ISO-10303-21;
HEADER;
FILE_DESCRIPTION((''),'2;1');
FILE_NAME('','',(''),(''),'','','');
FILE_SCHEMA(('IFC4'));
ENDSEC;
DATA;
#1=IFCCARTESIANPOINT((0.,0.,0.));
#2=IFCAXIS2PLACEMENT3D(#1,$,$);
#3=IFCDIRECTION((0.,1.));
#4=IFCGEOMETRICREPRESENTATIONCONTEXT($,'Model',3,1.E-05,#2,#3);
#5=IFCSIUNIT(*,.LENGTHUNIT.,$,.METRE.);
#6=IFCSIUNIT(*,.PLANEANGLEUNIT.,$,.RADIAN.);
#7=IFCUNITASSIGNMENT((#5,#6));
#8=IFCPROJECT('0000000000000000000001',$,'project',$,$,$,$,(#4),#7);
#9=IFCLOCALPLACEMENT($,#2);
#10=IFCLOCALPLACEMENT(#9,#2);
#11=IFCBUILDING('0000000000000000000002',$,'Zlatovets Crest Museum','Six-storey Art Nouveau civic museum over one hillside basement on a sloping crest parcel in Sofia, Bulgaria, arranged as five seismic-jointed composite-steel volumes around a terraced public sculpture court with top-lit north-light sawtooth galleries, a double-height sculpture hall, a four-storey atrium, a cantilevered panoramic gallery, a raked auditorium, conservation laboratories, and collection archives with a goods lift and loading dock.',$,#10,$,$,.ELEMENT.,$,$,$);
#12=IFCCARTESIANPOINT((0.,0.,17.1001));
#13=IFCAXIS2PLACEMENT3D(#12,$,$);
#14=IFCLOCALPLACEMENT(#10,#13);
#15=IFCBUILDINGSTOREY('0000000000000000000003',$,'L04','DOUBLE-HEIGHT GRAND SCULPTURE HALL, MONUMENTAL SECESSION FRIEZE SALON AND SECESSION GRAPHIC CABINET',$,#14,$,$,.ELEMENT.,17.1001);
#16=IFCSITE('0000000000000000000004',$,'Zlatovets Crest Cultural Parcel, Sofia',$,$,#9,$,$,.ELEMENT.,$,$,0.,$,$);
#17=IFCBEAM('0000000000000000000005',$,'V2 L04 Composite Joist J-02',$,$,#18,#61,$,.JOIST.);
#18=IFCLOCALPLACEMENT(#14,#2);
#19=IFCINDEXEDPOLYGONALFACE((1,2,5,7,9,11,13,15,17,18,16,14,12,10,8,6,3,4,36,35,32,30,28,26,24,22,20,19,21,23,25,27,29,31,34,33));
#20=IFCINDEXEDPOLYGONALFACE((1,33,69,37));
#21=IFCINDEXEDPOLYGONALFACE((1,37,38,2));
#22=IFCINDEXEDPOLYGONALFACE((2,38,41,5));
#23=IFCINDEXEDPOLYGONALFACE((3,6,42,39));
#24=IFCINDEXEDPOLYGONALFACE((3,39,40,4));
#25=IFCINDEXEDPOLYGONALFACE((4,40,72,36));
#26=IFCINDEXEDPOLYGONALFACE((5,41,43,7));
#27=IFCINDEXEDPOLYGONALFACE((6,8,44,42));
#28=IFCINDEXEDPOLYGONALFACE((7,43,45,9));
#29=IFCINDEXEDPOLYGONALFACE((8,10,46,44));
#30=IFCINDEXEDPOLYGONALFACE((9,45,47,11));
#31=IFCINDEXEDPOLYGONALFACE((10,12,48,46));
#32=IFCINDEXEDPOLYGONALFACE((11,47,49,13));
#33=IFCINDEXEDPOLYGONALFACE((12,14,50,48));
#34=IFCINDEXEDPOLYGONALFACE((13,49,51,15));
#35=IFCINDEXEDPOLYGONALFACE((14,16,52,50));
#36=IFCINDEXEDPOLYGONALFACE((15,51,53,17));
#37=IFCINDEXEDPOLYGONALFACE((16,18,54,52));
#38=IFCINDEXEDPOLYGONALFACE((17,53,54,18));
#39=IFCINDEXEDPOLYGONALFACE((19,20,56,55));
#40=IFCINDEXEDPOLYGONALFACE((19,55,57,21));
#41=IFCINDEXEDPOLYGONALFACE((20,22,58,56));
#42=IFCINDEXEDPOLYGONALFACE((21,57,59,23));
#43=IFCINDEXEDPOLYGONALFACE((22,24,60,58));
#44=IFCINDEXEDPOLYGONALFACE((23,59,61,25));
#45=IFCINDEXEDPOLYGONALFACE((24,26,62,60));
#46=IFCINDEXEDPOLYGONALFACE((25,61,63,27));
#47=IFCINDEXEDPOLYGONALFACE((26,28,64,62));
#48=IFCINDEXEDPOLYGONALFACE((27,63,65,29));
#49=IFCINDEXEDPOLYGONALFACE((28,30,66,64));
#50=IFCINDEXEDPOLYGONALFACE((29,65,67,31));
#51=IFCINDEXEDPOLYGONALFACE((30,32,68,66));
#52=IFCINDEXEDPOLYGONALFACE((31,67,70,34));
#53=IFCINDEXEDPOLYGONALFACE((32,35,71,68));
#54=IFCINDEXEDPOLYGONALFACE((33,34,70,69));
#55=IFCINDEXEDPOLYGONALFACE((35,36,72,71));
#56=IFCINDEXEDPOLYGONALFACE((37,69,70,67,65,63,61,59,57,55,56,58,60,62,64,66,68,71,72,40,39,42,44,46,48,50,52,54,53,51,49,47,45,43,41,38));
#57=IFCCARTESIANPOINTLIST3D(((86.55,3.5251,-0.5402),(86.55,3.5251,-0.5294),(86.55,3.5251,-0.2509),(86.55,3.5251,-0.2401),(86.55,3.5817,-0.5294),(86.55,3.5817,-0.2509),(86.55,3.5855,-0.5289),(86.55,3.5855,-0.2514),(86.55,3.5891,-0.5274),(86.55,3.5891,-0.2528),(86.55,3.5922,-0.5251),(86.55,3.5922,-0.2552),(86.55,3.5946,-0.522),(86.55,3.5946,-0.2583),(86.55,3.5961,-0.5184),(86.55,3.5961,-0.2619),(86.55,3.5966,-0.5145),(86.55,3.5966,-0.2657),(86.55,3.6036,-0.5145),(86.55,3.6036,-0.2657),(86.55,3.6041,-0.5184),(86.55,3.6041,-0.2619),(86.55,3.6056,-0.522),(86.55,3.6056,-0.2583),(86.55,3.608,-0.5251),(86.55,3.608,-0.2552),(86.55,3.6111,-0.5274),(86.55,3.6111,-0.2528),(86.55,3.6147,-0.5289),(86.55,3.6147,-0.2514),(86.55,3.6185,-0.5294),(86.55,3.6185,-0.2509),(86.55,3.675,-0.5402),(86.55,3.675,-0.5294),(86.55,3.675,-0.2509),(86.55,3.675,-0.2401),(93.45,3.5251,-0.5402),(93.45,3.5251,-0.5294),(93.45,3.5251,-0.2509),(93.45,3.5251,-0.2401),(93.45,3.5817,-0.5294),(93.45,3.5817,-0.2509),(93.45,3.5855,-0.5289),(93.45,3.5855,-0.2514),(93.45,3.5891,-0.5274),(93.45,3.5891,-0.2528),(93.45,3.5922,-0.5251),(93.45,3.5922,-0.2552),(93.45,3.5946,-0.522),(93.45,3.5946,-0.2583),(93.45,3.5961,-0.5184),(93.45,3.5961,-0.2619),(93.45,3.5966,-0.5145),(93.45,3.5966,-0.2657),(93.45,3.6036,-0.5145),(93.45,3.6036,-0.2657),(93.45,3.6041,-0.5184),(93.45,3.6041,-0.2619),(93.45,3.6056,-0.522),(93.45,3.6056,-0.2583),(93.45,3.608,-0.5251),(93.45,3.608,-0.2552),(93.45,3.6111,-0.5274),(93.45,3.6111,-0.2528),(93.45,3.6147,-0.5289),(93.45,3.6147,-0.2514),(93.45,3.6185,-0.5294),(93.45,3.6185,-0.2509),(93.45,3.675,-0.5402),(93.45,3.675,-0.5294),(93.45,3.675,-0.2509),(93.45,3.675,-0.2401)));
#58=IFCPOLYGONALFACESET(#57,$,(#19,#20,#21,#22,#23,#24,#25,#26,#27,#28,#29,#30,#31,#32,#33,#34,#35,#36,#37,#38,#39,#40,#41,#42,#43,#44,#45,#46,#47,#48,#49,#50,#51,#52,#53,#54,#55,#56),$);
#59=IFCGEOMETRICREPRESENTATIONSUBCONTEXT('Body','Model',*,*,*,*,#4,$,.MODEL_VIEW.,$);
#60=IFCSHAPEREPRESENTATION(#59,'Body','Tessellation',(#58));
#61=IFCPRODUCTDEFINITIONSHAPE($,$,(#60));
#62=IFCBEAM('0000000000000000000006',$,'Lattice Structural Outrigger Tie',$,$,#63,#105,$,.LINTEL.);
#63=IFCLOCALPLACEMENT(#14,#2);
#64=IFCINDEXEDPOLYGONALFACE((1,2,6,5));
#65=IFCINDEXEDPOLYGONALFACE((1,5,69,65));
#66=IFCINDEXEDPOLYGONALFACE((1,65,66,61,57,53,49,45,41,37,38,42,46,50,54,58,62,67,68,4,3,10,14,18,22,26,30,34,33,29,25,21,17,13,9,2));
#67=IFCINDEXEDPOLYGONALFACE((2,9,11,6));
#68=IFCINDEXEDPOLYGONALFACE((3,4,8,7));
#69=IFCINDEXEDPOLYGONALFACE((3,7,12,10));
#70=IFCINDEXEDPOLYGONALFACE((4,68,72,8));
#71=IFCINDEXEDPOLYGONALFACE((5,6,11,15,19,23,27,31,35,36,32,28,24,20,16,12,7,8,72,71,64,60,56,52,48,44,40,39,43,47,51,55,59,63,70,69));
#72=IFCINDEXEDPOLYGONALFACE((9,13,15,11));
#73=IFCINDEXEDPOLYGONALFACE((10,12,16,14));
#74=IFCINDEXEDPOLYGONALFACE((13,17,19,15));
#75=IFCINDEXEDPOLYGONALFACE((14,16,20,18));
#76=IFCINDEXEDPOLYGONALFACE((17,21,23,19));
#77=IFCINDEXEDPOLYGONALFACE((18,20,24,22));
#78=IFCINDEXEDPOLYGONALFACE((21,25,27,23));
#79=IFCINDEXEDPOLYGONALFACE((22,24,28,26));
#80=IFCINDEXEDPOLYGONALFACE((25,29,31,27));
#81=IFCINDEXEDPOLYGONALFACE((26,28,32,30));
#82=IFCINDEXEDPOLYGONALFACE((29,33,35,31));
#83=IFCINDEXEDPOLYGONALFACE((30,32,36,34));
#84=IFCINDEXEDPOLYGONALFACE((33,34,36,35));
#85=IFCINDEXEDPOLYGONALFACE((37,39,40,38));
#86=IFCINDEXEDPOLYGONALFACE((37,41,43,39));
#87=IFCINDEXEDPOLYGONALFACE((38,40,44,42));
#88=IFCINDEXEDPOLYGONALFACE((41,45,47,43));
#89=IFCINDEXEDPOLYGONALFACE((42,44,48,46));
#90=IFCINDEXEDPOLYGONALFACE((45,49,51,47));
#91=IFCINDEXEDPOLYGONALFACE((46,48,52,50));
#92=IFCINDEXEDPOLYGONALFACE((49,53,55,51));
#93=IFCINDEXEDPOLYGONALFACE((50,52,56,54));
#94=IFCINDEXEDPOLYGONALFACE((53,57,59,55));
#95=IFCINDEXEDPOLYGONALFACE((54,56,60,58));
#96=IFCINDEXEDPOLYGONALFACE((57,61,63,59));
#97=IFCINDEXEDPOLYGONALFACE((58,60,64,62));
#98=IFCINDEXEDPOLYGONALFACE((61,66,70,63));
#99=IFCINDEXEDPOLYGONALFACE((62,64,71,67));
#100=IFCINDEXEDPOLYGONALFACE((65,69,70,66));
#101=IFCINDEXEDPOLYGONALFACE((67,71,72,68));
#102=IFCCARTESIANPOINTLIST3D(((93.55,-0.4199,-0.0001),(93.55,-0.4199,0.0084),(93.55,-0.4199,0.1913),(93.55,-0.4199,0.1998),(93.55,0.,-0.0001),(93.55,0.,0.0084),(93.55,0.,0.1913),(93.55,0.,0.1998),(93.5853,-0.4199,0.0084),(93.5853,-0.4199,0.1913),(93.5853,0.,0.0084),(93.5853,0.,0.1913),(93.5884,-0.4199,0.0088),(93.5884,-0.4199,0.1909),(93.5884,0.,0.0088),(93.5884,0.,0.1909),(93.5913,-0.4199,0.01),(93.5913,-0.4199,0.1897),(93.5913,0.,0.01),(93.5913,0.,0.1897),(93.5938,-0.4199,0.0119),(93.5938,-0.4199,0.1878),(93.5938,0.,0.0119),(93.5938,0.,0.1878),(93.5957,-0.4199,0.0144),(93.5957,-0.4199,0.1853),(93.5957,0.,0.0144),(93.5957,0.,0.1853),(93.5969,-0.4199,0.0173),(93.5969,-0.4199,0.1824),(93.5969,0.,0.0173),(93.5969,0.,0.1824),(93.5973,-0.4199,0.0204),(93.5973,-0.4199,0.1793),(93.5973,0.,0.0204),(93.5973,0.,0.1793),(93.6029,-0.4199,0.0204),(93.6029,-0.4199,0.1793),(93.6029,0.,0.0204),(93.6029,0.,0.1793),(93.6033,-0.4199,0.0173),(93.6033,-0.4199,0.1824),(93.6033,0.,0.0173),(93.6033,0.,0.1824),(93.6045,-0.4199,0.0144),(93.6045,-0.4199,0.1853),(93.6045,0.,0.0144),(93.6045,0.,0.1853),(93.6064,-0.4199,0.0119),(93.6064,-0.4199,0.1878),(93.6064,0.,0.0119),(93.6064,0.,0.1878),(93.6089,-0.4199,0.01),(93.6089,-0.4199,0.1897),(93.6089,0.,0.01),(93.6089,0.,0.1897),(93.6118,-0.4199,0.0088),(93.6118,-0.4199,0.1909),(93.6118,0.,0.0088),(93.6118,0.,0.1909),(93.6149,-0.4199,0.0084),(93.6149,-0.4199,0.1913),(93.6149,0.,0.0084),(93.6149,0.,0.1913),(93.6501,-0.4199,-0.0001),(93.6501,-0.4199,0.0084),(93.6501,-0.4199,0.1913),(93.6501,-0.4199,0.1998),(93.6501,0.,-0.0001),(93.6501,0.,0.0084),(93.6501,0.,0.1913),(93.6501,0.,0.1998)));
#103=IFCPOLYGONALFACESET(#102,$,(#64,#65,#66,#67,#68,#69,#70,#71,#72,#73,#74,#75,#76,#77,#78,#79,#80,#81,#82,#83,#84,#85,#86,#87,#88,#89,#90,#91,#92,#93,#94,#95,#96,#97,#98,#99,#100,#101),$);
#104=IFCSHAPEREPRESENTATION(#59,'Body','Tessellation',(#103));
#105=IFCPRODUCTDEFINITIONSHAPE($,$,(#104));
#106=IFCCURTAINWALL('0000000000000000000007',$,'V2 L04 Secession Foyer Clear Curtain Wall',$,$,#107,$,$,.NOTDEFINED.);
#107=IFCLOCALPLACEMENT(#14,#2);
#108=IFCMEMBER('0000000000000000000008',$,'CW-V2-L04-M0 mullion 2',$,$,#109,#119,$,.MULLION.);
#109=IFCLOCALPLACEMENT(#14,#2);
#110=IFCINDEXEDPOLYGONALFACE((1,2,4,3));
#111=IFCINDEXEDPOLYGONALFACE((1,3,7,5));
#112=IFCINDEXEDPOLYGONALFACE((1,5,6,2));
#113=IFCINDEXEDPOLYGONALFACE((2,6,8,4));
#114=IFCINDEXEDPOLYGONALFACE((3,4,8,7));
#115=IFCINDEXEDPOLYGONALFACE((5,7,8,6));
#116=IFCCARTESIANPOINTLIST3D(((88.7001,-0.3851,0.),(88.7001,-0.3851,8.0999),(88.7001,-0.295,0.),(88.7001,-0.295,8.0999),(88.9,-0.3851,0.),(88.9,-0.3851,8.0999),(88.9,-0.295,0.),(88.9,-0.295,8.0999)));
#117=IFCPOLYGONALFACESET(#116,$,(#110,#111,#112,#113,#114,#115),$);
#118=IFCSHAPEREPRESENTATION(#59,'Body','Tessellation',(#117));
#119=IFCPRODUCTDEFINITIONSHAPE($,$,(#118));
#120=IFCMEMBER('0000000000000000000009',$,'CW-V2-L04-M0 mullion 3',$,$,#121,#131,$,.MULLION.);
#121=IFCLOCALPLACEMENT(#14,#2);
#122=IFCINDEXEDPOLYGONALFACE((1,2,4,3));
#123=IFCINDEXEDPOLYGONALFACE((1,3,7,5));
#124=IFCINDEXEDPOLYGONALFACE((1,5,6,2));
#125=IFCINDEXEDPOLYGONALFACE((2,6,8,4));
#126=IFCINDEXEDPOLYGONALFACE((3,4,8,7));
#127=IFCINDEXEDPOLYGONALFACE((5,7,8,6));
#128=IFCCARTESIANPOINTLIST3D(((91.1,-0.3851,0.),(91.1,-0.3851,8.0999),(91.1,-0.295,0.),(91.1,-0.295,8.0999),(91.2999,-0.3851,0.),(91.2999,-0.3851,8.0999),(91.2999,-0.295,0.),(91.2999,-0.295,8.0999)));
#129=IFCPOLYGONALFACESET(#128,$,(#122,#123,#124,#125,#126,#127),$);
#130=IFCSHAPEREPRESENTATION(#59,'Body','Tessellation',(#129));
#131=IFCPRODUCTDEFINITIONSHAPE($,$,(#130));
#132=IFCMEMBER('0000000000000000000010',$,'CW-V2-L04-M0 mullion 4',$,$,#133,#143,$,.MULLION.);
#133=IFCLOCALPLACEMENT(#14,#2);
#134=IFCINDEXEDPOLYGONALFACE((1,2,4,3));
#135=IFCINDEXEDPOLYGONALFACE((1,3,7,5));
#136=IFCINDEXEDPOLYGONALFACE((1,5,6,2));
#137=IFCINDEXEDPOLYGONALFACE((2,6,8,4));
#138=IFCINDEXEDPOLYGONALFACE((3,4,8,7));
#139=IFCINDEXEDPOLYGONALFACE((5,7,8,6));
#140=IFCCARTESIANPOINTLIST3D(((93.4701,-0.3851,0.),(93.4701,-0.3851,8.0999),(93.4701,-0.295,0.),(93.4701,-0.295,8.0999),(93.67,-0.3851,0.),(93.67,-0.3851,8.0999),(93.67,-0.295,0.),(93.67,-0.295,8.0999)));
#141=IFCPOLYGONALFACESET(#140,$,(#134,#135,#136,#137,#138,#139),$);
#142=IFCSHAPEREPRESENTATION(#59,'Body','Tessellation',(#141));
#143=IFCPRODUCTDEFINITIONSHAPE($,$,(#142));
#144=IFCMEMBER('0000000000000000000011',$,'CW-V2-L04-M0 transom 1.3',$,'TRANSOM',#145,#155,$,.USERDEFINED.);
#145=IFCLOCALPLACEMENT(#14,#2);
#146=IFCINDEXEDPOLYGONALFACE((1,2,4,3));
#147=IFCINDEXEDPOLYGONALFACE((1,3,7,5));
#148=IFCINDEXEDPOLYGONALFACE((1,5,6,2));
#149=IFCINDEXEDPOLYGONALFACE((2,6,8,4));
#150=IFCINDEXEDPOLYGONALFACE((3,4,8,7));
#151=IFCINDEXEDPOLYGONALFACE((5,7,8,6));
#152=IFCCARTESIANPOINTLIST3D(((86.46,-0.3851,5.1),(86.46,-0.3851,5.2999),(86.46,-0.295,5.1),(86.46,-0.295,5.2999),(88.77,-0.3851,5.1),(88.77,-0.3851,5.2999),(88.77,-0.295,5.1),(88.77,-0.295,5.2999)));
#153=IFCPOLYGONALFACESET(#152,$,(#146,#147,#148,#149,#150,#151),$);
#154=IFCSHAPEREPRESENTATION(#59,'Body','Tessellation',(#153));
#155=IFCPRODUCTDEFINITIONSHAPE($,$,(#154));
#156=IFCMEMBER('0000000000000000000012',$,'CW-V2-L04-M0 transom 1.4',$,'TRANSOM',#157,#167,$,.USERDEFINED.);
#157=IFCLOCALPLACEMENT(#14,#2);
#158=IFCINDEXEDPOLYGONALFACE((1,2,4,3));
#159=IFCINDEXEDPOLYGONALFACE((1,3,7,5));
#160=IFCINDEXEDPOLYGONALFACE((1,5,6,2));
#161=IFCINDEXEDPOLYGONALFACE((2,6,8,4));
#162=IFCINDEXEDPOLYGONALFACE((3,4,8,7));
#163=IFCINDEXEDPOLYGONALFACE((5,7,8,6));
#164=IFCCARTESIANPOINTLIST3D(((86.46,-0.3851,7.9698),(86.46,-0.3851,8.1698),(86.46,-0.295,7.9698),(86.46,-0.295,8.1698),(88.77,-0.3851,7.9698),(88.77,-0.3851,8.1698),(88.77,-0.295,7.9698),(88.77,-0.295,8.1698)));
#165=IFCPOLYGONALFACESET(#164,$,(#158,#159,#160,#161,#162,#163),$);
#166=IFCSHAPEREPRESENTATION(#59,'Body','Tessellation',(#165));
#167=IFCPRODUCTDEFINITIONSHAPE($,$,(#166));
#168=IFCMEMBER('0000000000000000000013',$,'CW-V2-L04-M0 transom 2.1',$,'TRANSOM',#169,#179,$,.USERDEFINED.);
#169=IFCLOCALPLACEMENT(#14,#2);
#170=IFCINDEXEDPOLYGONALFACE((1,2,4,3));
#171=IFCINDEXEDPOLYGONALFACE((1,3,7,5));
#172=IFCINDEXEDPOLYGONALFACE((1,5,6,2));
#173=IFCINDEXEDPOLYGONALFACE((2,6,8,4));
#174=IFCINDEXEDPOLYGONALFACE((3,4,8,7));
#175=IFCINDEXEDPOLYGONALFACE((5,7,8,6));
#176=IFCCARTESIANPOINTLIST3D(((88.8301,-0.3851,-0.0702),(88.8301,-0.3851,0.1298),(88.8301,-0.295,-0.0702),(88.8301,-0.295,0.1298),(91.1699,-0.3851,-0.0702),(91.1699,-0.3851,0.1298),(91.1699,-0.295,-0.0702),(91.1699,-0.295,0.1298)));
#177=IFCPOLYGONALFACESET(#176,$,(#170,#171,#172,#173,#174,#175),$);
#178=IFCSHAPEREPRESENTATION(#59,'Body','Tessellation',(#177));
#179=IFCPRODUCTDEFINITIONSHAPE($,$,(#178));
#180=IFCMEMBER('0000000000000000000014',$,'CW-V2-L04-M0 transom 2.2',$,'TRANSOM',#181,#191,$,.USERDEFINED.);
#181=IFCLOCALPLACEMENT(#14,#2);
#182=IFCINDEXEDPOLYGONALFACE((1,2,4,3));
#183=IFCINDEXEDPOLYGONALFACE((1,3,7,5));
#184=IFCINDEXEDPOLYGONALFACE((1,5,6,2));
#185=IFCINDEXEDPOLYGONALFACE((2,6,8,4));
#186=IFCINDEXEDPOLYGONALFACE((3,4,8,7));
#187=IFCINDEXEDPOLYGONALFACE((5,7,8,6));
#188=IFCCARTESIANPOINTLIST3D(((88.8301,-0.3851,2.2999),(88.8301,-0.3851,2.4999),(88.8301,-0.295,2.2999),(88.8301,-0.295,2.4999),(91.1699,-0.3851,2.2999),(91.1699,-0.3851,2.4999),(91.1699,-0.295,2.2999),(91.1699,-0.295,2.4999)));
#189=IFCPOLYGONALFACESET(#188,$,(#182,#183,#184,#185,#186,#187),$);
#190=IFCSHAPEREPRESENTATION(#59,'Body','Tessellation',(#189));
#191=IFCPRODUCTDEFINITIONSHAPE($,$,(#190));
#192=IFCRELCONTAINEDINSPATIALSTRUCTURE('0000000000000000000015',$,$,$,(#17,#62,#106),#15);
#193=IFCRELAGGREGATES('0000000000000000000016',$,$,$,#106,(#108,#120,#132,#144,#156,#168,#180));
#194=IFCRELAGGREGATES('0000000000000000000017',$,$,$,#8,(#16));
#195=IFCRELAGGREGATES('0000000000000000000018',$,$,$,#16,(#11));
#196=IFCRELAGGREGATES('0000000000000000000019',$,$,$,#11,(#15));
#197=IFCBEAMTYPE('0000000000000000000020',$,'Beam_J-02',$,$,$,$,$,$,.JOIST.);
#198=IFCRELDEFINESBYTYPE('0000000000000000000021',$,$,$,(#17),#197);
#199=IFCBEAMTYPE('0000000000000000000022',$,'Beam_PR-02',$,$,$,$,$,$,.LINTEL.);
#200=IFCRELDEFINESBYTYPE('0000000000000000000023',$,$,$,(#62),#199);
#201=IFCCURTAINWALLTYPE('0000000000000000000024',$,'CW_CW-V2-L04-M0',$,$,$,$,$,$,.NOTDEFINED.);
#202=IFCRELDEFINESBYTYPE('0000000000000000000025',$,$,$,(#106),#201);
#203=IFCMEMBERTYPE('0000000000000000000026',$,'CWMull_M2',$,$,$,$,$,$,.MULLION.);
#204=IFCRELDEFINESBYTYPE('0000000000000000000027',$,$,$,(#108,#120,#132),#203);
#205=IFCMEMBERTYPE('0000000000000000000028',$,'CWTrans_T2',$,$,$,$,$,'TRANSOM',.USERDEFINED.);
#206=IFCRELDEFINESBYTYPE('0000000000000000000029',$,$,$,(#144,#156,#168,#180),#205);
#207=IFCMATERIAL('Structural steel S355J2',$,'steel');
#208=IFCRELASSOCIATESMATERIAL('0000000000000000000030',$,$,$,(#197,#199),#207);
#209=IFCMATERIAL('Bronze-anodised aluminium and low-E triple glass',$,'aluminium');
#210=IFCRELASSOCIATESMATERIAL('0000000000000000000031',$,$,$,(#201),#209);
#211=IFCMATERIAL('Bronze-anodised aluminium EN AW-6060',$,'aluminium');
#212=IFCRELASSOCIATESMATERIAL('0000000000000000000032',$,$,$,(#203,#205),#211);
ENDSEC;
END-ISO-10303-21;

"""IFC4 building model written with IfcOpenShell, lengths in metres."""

from ifc_helpers import new_model, si_unit, direction, frame, origin, origin_2d, place, context, subcontext, project, spatial, rectangle, i_section, extrude, material, material_profile, profile_set, type_object, element, aggregate, save


model = new_model("IFC4")

# Units and contexts
model_context = context("Model", 3, precision=1e-05, world=origin(), true_north=direction((0.0, 1.0)))
body_context = subcontext(model_context, "Body", "Model", "MODEL_VIEW")
ifc_project = project(units=[si_unit("LENGTHUNIT", "METRE"), si_unit("PLANEANGLEUNIT", "RADIAN")], contexts=[model_context])

# Site, building, storey
site_placement = place(None, origin())
site = spatial("IfcSite", under=ifc_project, at=site_placement, Name="Zlatovets Crest Cultural Parcel, Sofia", CompositionType="ELEMENT", RefElevation=0.0)
building_placement = place(site_placement, origin())
building = spatial("IfcBuilding", under=site, at=building_placement, Name="Zlatovets Crest Museum", Description="Six-storey Art Nouveau civic museum over one hillside basement on a sloping crest parcel in Sofia, Bulgaria, arranged as five seismic-jointed composite-steel volumes around a terraced public sculpture court with top-lit north-light sawtooth galleries, a double-height sculpture hall, a four-storey atrium, a cantilevered panoramic gallery, a raked auditorium, conservation laboratories, and collection archives with a goods lift and loading dock.", CompositionType="ELEMENT")
storey_placement = place(building_placement, frame((0.0, 0.0, 17.1001)))
storey = spatial("IfcBuildingStorey", under=building, at=storey_placement, Name="L04", Description="DOUBLE-HEIGHT GRAND SCULPTURE HALL, MONUMENTAL SECESSION FRIEZE SALON AND SECESSION GRAPHIC CABINET", CompositionType="ELEMENT", Elevation=17.1001)

# Shared definitions
ifc_material_1 = material(Name="Structural steel S355J2", Category="steel")

# Beams
ifc_material_profile_1 = material_profile(ifc_material_1, i_section(OverallWidth=0.1499, OverallDepth=0.3, WebThickness=0.0071, FlangeThickness=0.0107, FilletRadius=0.0149, at=origin_2d()), Name="IPE 300")
ifc_profile_set_1 = profile_set([ifc_material_profile_1], Name="Structural steel S355J2")
beam_type_1 = type_object("IfcBeamType", Name="Beam_J-02", PredefinedType="JOIST", material=ifc_profile_set_1)
beam_1_placement = place(storey_placement, frame((86.55, 3.6001, -0.3901), z_axis=(1.0, 0.0, 0.0), x_axis=(0.0, 1.0, 0.0)))
element("IfcBeam", 1, at=beam_1_placement, inside=storey, type_object=beam_type_1, Name="V2 L04 Composite Joist J-02", PredefinedType="JOIST", context=body_context, shape_type="SweptSolid", body=[
    extrude(i_section(OverallWidth=0.1499, OverallDepth=0.3, WebThickness=0.0071, FlangeThickness=0.0107, FilletRadius=0.0149, at=origin_2d()), origin(), (0.0, 0.0, 1.0), 6.8999),
])
ifc_material_profile_2 = material_profile(ifc_material_1, i_section(OverallWidth=0.1001, OverallDepth=0.2, WebThickness=0.0056, FlangeThickness=0.0085, FilletRadius=0.012, at=origin_2d()), Name="IPE 200")
ifc_profile_set_2 = profile_set([ifc_material_profile_2], Name="Structural steel S355J2")
beam_type_2 = type_object("IfcBeamType", Name="Beam_PR-02", PredefinedType="LINTEL", material=ifc_profile_set_2)
beam_2_placement = place(storey_placement, frame((93.6001, 0.0, 0.0999), z_axis=(0.0, -1.0, 0.0), x_axis=(1.0, 0.0, 0.0)))
element("IfcBeam", 2, at=beam_2_placement, inside=storey, type_object=beam_type_2, Name="Lattice Structural Outrigger Tie", PredefinedType="LINTEL", context=body_context, shape_type="SweptSolid", body=[
    extrude(i_section(OverallWidth=0.1001, OverallDepth=0.2, WebThickness=0.0056, FlangeThickness=0.0085, FilletRadius=0.012, at=origin_2d()), origin(), (0.0, 0.0, 1.0), 0.4199),
])

# Curtain wall, members
ifc_material_2 = material(Name="Bronze-anodised aluminium and low-E triple glass", Category="aluminium")
curtain_wall_type = type_object("IfcCurtainWallType", Name="CW_CW-V2-L04-M0", PredefinedType="NOTDEFINED", material=ifc_material_2)
curtain_wall_placement = place(storey_placement, origin())
curtain_wall = element("IfcCurtainWall", 3, at=curtain_wall_placement, inside=storey, type_object=curtain_wall_type, Name="V2 L04 Secession Foyer Clear Curtain Wall", PredefinedType="NOTDEFINED")
ifc_material_3 = material(Name="Bronze-anodised aluminium EN AW-6060", Category="aluminium")
ifc_material_profile_3 = material_profile(ifc_material_3, rectangle(XDim=0.0901, YDim=0.2, at=origin_2d()), Name="ALU 90x200")
ifc_profile_set_3 = profile_set([ifc_material_profile_3], Name="Bronze-anodised aluminium EN AW-6060")
member_type_1 = type_object("IfcMemberType", Name="CWMull_M2", PredefinedType="MULLION", material=ifc_profile_set_3)
member_1_placement = place(storey_placement, frame((88.8, -0.3401, 0.0), z_axis=(0.0, 0.0, 1.0), x_axis=(0.0, 1.0, 0.0)))
member_1 = element("IfcMember", 4, at=member_1_placement, type_object=member_type_1, Name="CW-V2-L04-M0 mullion 2", PredefinedType="MULLION", context=body_context, shape_type="SweptSolid", body=[
    extrude(rectangle(XDim=0.0901, YDim=0.2, at=origin_2d()), origin(), (0.0, 0.0, 1.0), 8.0999),
])
member_2_placement = place(storey_placement, frame((91.2, -0.3401, 0.0), z_axis=(0.0, 0.0, 1.0), x_axis=(0.0, 1.0, 0.0)))
member_2 = element("IfcMember", 5, at=member_2_placement, type_object=member_type_1, Name="CW-V2-L04-M0 mullion 3", PredefinedType="MULLION", context=body_context, shape_type="SweptSolid", body=[
    extrude(rectangle(XDim=0.0901, YDim=0.2, at=origin_2d()), origin(), (0.0, 0.0, 1.0), 8.0999),
])
member_3_placement = place(storey_placement, frame((93.5701, -0.3401, 0.0), z_axis=(0.0, 0.0, 1.0), x_axis=(0.0, 1.0, 0.0)))
member_3 = element("IfcMember", 6, at=member_3_placement, type_object=member_type_1, Name="CW-V2-L04-M0 mullion 4", PredefinedType="MULLION", context=body_context, shape_type="SweptSolid", body=[
    extrude(rectangle(XDim=0.0901, YDim=0.2, at=origin_2d()), origin(), (0.0, 0.0, 1.0), 8.0999),
])
ifc_material_profile_4 = material_profile(ifc_material_3, rectangle(XDim=0.0901, YDim=0.2, at=origin_2d()), Name="ALU 90x200")
ifc_profile_set_4 = profile_set([ifc_material_profile_4], Name="Bronze-anodised aluminium EN AW-6060")
member_type_2 = type_object("IfcMemberType", Name="CWTrans_T2", ElementType="TRANSOM", PredefinedType="USERDEFINED", material=ifc_profile_set_4)
member_4_placement = place(storey_placement, frame((86.46, -0.3401, 5.2), z_axis=(1.0, 0.0, 0.0), x_axis=(0.0, 1.0, 0.0)))
member_4 = element("IfcMember", 7, at=member_4_placement, type_object=member_type_2, Name="CW-V2-L04-M0 transom 1.3", ObjectType="TRANSOM", PredefinedType="USERDEFINED", context=body_context, shape_type="SweptSolid", body=[
    extrude(rectangle(XDim=0.0901, YDim=0.2, at=origin_2d()), origin(), (0.0, 0.0, 1.0), 2.3101),
])
member_5_placement = place(storey_placement, frame((86.46, -0.3401, 8.0698), z_axis=(1.0, 0.0, 0.0), x_axis=(0.0, 1.0, 0.0)))
member_5 = element("IfcMember", 8, at=member_5_placement, type_object=member_type_2, Name="CW-V2-L04-M0 transom 1.4", ObjectType="TRANSOM", PredefinedType="USERDEFINED", context=body_context, shape_type="SweptSolid", body=[
    extrude(rectangle(XDim=0.0901, YDim=0.2, at=origin_2d()), origin(), (0.0, 0.0, 1.0), 2.3101),
])
member_6_placement = place(storey_placement, frame((88.8301, -0.3401, 0.0298), z_axis=(1.0, 0.0, 0.0), x_axis=(0.0, 1.0, 0.0)))
member_6 = element("IfcMember", 9, at=member_6_placement, type_object=member_type_2, Name="CW-V2-L04-M0 transom 2.1", ObjectType="TRANSOM", PredefinedType="USERDEFINED", context=body_context, shape_type="SweptSolid", body=[
    extrude(rectangle(XDim=0.0901, YDim=0.2, at=origin_2d()), origin(), (0.0, 0.0, 1.0), 2.3398),
])
member_7_placement = place(storey_placement, frame((88.8301, -0.3401, 2.3999), z_axis=(1.0, 0.0, 0.0), x_axis=(0.0, 1.0, 0.0)))
member_7 = element("IfcMember", 10, at=member_7_placement, type_object=member_type_2, Name="CW-V2-L04-M0 transom 2.2", ObjectType="TRANSOM", PredefinedType="USERDEFINED", context=body_context, shape_type="SweptSolid", body=[
    extrude(rectangle(XDim=0.0901, YDim=0.2, at=origin_2d()), origin(), (0.0, 0.0, 1.0), 2.3398),
])

aggregate(curtain_wall, [member_1, member_2, member_3, member_4, member_5, member_6, member_7])

save(model, "model.ifc")
